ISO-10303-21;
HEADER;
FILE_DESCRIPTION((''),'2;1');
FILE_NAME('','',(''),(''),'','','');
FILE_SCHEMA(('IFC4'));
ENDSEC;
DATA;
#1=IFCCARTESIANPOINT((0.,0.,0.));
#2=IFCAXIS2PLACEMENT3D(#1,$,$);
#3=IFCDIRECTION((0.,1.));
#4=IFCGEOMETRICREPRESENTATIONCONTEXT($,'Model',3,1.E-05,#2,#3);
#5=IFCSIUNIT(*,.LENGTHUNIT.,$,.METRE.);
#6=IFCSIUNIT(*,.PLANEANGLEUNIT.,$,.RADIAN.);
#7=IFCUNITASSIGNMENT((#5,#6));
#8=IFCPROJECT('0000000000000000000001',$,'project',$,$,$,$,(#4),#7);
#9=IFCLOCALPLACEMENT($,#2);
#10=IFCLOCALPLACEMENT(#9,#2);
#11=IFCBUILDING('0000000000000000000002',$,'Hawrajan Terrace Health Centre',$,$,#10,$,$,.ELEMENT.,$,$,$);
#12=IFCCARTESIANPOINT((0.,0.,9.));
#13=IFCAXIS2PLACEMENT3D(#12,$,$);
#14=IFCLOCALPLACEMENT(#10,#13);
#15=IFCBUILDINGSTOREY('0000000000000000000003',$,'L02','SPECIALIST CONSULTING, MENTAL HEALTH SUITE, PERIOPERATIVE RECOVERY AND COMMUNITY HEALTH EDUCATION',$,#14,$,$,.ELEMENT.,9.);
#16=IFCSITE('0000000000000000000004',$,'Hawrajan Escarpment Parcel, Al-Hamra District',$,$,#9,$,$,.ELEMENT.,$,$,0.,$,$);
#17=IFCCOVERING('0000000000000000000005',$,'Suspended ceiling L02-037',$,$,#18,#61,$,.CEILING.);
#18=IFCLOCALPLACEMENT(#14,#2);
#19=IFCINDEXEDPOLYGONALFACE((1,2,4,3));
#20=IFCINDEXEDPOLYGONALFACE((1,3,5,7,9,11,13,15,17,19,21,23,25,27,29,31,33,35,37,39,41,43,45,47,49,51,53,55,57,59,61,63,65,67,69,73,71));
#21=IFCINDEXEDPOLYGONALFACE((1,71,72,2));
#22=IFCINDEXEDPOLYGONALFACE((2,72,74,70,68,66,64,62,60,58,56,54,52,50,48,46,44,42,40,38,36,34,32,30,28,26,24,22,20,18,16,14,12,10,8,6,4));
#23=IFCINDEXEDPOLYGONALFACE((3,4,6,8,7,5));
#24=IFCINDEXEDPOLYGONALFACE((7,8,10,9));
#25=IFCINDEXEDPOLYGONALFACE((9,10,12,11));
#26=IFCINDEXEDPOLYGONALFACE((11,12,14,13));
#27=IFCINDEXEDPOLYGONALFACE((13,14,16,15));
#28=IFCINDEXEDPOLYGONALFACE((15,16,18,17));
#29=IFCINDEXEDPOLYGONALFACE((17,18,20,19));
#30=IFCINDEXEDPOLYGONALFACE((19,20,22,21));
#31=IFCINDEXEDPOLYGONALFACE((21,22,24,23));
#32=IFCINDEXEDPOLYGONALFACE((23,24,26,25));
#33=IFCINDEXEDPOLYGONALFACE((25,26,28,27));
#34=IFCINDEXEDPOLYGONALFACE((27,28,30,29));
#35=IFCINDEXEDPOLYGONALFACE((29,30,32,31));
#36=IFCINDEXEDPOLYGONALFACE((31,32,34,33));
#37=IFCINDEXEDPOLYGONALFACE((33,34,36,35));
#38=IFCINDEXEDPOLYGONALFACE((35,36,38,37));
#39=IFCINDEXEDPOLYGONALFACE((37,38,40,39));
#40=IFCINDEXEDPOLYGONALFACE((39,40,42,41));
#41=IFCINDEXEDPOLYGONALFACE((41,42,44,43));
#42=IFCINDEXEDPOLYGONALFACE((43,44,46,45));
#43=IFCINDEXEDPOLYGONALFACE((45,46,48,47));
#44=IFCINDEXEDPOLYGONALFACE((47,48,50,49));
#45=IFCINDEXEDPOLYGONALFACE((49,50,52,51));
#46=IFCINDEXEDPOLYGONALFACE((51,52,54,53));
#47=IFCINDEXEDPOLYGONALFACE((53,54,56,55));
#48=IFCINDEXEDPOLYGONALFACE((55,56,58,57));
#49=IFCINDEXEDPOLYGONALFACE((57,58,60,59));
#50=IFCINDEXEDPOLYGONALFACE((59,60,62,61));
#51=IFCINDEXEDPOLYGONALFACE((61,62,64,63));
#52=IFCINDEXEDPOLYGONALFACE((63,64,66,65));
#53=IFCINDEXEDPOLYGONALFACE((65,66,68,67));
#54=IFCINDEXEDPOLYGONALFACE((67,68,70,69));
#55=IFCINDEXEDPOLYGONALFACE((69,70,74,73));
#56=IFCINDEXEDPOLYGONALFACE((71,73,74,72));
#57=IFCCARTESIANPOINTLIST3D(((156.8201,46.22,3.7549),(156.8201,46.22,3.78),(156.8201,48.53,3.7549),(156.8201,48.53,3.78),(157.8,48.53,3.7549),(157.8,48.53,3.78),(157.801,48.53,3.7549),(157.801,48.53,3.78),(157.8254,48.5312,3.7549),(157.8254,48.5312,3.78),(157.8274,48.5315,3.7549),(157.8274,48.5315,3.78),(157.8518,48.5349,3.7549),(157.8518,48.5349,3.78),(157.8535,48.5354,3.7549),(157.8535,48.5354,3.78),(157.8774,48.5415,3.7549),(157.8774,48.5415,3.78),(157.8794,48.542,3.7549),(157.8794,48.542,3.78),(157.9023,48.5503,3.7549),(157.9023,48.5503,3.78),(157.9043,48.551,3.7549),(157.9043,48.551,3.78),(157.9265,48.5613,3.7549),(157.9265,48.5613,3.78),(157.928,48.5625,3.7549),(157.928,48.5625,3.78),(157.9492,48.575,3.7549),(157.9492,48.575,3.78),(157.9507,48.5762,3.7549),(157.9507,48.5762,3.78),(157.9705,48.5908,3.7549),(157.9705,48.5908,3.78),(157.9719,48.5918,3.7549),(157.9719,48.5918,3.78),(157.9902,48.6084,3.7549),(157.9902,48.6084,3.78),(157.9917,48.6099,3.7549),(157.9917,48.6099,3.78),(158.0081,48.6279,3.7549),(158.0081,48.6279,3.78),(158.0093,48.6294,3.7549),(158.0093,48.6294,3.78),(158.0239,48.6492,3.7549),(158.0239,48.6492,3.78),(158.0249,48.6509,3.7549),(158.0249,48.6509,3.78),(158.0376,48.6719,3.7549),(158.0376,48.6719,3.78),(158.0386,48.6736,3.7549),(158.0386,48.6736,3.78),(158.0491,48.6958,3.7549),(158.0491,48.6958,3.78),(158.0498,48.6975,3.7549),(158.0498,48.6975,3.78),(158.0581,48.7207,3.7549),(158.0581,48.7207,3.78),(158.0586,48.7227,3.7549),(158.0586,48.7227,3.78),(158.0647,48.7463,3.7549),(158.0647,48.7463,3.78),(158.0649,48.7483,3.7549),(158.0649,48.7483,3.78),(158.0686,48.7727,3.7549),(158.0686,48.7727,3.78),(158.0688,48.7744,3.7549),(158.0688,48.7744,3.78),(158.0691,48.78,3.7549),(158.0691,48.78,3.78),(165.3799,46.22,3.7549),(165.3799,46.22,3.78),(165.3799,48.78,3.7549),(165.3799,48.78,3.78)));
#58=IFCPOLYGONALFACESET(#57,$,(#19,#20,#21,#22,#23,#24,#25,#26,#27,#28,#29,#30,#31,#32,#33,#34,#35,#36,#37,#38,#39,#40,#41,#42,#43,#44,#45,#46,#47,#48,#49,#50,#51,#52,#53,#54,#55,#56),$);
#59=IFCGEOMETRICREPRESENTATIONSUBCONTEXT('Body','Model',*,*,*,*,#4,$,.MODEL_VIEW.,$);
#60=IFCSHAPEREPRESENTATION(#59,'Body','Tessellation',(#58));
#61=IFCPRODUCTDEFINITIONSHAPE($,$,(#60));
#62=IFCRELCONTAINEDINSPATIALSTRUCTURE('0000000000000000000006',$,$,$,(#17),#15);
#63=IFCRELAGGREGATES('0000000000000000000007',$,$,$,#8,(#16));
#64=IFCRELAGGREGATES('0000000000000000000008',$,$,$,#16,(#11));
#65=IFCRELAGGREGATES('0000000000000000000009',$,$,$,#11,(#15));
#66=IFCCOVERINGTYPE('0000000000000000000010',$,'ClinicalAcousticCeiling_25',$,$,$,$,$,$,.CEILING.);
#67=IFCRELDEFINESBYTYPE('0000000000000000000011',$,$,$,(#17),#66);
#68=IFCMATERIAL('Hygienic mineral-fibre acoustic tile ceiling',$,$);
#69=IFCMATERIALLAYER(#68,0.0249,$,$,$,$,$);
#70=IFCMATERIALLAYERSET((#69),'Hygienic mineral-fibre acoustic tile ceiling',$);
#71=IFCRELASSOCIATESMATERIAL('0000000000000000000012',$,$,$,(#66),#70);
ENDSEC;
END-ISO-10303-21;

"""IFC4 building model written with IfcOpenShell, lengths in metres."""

from ifc_helpers import new_model, si_unit, direction, frame, origin, place, context, subcontext, project, spatial, polyline, outline, extrude, material, layer, layer_set, type_object, element, save


model = new_model("IFC4")

# Units and contexts
model_context = context("Model", 3, precision=1e-05, world=origin(), true_north=direction((0.0, 1.0)))
body_context = subcontext(model_context, "Body", "Model", "MODEL_VIEW")
ifc_project = project(units=[si_unit("LENGTHUNIT", "METRE"), si_unit("PLANEANGLEUNIT", "RADIAN")], contexts=[model_context])

# Site, building, storey
site_placement = place(None, origin())
site = spatial("IfcSite", under=ifc_project, at=site_placement, Name="Hawrajan Escarpment Parcel, Al-Hamra District", CompositionType="ELEMENT", RefElevation=0.0)
building_placement = place(site_placement, origin())
building = spatial("IfcBuilding", under=site, at=building_placement, Name="Hawrajan Terrace Health Centre", CompositionType="ELEMENT")
storey_placement = place(building_placement, frame((0.0, 0.0, 9.0)))
storey = spatial("IfcBuildingStorey", under=building, at=storey_placement, Name="L02", Description="SPECIALIST CONSULTING, MENTAL HEALTH SUITE, PERIOPERATIVE RECOVERY AND COMMUNITY HEALTH EDUCATION", CompositionType="ELEMENT", Elevation=9.0)

# Covering
ifc_material = material(Name="Hygienic mineral-fibre acoustic tile ceiling")
ifc_layer = layer(ifc_material, 0.0249)
ifc_layer_set = layer_set([ifc_layer], Name="Hygienic mineral-fibre acoustic tile ceiling")
covering_type = type_object("IfcCoveringType", Name="ClinicalAcousticCeiling_25", PredefinedType="CEILING", material=ifc_layer_set)
covering_1_placement = place(storey_placement, frame((0.0, 0.0, 3.7549)))
element("IfcCovering", 1, at=covering_1_placement, inside=storey, type_object=covering_type, Name="Suspended ceiling L02-037", PredefinedType="CEILING", context=body_context, shape_type="SweptSolid", body=[
    extrude(outline(polyline([(165.3799, 48.78), (165.3799, 46.22), (156.8201, 46.22), (156.8201, 48.53), (157.8, 48.53), (157.801, 48.53), (157.8254, 48.5312), (157.8274, 48.5315), (157.8518, 48.5349), (157.8535, 48.5354), (157.8774, 48.5415), (157.8794, 48.542), (157.9023, 48.5503), (157.9043, 48.551), (157.9265, 48.5613), (157.928, 48.5625), (157.9492, 48.575), (157.9507, 48.5762), (157.9705, 48.5908), (157.9719, 48.5918), (157.9902, 48.6084), (157.9917, 48.6099), (158.0081, 48.6279), (158.0093, 48.6294), (158.0239, 48.6492), (158.0249, 48.6509), (158.0376, 48.6719), (158.0386, 48.6736), (158.0491, 48.6958), (158.0498, 48.6975), (158.0581, 48.7207), (158.0586, 48.7227), (158.0647, 48.7463), (158.0649, 48.7483), (158.0686, 48.7727), (158.0688, 48.7744), (158.0691, 48.78), (165.3799, 48.78)])), origin(), (0.0, 0.0, 1.0), 0.0251),
])

save(model, "model.ifc")
